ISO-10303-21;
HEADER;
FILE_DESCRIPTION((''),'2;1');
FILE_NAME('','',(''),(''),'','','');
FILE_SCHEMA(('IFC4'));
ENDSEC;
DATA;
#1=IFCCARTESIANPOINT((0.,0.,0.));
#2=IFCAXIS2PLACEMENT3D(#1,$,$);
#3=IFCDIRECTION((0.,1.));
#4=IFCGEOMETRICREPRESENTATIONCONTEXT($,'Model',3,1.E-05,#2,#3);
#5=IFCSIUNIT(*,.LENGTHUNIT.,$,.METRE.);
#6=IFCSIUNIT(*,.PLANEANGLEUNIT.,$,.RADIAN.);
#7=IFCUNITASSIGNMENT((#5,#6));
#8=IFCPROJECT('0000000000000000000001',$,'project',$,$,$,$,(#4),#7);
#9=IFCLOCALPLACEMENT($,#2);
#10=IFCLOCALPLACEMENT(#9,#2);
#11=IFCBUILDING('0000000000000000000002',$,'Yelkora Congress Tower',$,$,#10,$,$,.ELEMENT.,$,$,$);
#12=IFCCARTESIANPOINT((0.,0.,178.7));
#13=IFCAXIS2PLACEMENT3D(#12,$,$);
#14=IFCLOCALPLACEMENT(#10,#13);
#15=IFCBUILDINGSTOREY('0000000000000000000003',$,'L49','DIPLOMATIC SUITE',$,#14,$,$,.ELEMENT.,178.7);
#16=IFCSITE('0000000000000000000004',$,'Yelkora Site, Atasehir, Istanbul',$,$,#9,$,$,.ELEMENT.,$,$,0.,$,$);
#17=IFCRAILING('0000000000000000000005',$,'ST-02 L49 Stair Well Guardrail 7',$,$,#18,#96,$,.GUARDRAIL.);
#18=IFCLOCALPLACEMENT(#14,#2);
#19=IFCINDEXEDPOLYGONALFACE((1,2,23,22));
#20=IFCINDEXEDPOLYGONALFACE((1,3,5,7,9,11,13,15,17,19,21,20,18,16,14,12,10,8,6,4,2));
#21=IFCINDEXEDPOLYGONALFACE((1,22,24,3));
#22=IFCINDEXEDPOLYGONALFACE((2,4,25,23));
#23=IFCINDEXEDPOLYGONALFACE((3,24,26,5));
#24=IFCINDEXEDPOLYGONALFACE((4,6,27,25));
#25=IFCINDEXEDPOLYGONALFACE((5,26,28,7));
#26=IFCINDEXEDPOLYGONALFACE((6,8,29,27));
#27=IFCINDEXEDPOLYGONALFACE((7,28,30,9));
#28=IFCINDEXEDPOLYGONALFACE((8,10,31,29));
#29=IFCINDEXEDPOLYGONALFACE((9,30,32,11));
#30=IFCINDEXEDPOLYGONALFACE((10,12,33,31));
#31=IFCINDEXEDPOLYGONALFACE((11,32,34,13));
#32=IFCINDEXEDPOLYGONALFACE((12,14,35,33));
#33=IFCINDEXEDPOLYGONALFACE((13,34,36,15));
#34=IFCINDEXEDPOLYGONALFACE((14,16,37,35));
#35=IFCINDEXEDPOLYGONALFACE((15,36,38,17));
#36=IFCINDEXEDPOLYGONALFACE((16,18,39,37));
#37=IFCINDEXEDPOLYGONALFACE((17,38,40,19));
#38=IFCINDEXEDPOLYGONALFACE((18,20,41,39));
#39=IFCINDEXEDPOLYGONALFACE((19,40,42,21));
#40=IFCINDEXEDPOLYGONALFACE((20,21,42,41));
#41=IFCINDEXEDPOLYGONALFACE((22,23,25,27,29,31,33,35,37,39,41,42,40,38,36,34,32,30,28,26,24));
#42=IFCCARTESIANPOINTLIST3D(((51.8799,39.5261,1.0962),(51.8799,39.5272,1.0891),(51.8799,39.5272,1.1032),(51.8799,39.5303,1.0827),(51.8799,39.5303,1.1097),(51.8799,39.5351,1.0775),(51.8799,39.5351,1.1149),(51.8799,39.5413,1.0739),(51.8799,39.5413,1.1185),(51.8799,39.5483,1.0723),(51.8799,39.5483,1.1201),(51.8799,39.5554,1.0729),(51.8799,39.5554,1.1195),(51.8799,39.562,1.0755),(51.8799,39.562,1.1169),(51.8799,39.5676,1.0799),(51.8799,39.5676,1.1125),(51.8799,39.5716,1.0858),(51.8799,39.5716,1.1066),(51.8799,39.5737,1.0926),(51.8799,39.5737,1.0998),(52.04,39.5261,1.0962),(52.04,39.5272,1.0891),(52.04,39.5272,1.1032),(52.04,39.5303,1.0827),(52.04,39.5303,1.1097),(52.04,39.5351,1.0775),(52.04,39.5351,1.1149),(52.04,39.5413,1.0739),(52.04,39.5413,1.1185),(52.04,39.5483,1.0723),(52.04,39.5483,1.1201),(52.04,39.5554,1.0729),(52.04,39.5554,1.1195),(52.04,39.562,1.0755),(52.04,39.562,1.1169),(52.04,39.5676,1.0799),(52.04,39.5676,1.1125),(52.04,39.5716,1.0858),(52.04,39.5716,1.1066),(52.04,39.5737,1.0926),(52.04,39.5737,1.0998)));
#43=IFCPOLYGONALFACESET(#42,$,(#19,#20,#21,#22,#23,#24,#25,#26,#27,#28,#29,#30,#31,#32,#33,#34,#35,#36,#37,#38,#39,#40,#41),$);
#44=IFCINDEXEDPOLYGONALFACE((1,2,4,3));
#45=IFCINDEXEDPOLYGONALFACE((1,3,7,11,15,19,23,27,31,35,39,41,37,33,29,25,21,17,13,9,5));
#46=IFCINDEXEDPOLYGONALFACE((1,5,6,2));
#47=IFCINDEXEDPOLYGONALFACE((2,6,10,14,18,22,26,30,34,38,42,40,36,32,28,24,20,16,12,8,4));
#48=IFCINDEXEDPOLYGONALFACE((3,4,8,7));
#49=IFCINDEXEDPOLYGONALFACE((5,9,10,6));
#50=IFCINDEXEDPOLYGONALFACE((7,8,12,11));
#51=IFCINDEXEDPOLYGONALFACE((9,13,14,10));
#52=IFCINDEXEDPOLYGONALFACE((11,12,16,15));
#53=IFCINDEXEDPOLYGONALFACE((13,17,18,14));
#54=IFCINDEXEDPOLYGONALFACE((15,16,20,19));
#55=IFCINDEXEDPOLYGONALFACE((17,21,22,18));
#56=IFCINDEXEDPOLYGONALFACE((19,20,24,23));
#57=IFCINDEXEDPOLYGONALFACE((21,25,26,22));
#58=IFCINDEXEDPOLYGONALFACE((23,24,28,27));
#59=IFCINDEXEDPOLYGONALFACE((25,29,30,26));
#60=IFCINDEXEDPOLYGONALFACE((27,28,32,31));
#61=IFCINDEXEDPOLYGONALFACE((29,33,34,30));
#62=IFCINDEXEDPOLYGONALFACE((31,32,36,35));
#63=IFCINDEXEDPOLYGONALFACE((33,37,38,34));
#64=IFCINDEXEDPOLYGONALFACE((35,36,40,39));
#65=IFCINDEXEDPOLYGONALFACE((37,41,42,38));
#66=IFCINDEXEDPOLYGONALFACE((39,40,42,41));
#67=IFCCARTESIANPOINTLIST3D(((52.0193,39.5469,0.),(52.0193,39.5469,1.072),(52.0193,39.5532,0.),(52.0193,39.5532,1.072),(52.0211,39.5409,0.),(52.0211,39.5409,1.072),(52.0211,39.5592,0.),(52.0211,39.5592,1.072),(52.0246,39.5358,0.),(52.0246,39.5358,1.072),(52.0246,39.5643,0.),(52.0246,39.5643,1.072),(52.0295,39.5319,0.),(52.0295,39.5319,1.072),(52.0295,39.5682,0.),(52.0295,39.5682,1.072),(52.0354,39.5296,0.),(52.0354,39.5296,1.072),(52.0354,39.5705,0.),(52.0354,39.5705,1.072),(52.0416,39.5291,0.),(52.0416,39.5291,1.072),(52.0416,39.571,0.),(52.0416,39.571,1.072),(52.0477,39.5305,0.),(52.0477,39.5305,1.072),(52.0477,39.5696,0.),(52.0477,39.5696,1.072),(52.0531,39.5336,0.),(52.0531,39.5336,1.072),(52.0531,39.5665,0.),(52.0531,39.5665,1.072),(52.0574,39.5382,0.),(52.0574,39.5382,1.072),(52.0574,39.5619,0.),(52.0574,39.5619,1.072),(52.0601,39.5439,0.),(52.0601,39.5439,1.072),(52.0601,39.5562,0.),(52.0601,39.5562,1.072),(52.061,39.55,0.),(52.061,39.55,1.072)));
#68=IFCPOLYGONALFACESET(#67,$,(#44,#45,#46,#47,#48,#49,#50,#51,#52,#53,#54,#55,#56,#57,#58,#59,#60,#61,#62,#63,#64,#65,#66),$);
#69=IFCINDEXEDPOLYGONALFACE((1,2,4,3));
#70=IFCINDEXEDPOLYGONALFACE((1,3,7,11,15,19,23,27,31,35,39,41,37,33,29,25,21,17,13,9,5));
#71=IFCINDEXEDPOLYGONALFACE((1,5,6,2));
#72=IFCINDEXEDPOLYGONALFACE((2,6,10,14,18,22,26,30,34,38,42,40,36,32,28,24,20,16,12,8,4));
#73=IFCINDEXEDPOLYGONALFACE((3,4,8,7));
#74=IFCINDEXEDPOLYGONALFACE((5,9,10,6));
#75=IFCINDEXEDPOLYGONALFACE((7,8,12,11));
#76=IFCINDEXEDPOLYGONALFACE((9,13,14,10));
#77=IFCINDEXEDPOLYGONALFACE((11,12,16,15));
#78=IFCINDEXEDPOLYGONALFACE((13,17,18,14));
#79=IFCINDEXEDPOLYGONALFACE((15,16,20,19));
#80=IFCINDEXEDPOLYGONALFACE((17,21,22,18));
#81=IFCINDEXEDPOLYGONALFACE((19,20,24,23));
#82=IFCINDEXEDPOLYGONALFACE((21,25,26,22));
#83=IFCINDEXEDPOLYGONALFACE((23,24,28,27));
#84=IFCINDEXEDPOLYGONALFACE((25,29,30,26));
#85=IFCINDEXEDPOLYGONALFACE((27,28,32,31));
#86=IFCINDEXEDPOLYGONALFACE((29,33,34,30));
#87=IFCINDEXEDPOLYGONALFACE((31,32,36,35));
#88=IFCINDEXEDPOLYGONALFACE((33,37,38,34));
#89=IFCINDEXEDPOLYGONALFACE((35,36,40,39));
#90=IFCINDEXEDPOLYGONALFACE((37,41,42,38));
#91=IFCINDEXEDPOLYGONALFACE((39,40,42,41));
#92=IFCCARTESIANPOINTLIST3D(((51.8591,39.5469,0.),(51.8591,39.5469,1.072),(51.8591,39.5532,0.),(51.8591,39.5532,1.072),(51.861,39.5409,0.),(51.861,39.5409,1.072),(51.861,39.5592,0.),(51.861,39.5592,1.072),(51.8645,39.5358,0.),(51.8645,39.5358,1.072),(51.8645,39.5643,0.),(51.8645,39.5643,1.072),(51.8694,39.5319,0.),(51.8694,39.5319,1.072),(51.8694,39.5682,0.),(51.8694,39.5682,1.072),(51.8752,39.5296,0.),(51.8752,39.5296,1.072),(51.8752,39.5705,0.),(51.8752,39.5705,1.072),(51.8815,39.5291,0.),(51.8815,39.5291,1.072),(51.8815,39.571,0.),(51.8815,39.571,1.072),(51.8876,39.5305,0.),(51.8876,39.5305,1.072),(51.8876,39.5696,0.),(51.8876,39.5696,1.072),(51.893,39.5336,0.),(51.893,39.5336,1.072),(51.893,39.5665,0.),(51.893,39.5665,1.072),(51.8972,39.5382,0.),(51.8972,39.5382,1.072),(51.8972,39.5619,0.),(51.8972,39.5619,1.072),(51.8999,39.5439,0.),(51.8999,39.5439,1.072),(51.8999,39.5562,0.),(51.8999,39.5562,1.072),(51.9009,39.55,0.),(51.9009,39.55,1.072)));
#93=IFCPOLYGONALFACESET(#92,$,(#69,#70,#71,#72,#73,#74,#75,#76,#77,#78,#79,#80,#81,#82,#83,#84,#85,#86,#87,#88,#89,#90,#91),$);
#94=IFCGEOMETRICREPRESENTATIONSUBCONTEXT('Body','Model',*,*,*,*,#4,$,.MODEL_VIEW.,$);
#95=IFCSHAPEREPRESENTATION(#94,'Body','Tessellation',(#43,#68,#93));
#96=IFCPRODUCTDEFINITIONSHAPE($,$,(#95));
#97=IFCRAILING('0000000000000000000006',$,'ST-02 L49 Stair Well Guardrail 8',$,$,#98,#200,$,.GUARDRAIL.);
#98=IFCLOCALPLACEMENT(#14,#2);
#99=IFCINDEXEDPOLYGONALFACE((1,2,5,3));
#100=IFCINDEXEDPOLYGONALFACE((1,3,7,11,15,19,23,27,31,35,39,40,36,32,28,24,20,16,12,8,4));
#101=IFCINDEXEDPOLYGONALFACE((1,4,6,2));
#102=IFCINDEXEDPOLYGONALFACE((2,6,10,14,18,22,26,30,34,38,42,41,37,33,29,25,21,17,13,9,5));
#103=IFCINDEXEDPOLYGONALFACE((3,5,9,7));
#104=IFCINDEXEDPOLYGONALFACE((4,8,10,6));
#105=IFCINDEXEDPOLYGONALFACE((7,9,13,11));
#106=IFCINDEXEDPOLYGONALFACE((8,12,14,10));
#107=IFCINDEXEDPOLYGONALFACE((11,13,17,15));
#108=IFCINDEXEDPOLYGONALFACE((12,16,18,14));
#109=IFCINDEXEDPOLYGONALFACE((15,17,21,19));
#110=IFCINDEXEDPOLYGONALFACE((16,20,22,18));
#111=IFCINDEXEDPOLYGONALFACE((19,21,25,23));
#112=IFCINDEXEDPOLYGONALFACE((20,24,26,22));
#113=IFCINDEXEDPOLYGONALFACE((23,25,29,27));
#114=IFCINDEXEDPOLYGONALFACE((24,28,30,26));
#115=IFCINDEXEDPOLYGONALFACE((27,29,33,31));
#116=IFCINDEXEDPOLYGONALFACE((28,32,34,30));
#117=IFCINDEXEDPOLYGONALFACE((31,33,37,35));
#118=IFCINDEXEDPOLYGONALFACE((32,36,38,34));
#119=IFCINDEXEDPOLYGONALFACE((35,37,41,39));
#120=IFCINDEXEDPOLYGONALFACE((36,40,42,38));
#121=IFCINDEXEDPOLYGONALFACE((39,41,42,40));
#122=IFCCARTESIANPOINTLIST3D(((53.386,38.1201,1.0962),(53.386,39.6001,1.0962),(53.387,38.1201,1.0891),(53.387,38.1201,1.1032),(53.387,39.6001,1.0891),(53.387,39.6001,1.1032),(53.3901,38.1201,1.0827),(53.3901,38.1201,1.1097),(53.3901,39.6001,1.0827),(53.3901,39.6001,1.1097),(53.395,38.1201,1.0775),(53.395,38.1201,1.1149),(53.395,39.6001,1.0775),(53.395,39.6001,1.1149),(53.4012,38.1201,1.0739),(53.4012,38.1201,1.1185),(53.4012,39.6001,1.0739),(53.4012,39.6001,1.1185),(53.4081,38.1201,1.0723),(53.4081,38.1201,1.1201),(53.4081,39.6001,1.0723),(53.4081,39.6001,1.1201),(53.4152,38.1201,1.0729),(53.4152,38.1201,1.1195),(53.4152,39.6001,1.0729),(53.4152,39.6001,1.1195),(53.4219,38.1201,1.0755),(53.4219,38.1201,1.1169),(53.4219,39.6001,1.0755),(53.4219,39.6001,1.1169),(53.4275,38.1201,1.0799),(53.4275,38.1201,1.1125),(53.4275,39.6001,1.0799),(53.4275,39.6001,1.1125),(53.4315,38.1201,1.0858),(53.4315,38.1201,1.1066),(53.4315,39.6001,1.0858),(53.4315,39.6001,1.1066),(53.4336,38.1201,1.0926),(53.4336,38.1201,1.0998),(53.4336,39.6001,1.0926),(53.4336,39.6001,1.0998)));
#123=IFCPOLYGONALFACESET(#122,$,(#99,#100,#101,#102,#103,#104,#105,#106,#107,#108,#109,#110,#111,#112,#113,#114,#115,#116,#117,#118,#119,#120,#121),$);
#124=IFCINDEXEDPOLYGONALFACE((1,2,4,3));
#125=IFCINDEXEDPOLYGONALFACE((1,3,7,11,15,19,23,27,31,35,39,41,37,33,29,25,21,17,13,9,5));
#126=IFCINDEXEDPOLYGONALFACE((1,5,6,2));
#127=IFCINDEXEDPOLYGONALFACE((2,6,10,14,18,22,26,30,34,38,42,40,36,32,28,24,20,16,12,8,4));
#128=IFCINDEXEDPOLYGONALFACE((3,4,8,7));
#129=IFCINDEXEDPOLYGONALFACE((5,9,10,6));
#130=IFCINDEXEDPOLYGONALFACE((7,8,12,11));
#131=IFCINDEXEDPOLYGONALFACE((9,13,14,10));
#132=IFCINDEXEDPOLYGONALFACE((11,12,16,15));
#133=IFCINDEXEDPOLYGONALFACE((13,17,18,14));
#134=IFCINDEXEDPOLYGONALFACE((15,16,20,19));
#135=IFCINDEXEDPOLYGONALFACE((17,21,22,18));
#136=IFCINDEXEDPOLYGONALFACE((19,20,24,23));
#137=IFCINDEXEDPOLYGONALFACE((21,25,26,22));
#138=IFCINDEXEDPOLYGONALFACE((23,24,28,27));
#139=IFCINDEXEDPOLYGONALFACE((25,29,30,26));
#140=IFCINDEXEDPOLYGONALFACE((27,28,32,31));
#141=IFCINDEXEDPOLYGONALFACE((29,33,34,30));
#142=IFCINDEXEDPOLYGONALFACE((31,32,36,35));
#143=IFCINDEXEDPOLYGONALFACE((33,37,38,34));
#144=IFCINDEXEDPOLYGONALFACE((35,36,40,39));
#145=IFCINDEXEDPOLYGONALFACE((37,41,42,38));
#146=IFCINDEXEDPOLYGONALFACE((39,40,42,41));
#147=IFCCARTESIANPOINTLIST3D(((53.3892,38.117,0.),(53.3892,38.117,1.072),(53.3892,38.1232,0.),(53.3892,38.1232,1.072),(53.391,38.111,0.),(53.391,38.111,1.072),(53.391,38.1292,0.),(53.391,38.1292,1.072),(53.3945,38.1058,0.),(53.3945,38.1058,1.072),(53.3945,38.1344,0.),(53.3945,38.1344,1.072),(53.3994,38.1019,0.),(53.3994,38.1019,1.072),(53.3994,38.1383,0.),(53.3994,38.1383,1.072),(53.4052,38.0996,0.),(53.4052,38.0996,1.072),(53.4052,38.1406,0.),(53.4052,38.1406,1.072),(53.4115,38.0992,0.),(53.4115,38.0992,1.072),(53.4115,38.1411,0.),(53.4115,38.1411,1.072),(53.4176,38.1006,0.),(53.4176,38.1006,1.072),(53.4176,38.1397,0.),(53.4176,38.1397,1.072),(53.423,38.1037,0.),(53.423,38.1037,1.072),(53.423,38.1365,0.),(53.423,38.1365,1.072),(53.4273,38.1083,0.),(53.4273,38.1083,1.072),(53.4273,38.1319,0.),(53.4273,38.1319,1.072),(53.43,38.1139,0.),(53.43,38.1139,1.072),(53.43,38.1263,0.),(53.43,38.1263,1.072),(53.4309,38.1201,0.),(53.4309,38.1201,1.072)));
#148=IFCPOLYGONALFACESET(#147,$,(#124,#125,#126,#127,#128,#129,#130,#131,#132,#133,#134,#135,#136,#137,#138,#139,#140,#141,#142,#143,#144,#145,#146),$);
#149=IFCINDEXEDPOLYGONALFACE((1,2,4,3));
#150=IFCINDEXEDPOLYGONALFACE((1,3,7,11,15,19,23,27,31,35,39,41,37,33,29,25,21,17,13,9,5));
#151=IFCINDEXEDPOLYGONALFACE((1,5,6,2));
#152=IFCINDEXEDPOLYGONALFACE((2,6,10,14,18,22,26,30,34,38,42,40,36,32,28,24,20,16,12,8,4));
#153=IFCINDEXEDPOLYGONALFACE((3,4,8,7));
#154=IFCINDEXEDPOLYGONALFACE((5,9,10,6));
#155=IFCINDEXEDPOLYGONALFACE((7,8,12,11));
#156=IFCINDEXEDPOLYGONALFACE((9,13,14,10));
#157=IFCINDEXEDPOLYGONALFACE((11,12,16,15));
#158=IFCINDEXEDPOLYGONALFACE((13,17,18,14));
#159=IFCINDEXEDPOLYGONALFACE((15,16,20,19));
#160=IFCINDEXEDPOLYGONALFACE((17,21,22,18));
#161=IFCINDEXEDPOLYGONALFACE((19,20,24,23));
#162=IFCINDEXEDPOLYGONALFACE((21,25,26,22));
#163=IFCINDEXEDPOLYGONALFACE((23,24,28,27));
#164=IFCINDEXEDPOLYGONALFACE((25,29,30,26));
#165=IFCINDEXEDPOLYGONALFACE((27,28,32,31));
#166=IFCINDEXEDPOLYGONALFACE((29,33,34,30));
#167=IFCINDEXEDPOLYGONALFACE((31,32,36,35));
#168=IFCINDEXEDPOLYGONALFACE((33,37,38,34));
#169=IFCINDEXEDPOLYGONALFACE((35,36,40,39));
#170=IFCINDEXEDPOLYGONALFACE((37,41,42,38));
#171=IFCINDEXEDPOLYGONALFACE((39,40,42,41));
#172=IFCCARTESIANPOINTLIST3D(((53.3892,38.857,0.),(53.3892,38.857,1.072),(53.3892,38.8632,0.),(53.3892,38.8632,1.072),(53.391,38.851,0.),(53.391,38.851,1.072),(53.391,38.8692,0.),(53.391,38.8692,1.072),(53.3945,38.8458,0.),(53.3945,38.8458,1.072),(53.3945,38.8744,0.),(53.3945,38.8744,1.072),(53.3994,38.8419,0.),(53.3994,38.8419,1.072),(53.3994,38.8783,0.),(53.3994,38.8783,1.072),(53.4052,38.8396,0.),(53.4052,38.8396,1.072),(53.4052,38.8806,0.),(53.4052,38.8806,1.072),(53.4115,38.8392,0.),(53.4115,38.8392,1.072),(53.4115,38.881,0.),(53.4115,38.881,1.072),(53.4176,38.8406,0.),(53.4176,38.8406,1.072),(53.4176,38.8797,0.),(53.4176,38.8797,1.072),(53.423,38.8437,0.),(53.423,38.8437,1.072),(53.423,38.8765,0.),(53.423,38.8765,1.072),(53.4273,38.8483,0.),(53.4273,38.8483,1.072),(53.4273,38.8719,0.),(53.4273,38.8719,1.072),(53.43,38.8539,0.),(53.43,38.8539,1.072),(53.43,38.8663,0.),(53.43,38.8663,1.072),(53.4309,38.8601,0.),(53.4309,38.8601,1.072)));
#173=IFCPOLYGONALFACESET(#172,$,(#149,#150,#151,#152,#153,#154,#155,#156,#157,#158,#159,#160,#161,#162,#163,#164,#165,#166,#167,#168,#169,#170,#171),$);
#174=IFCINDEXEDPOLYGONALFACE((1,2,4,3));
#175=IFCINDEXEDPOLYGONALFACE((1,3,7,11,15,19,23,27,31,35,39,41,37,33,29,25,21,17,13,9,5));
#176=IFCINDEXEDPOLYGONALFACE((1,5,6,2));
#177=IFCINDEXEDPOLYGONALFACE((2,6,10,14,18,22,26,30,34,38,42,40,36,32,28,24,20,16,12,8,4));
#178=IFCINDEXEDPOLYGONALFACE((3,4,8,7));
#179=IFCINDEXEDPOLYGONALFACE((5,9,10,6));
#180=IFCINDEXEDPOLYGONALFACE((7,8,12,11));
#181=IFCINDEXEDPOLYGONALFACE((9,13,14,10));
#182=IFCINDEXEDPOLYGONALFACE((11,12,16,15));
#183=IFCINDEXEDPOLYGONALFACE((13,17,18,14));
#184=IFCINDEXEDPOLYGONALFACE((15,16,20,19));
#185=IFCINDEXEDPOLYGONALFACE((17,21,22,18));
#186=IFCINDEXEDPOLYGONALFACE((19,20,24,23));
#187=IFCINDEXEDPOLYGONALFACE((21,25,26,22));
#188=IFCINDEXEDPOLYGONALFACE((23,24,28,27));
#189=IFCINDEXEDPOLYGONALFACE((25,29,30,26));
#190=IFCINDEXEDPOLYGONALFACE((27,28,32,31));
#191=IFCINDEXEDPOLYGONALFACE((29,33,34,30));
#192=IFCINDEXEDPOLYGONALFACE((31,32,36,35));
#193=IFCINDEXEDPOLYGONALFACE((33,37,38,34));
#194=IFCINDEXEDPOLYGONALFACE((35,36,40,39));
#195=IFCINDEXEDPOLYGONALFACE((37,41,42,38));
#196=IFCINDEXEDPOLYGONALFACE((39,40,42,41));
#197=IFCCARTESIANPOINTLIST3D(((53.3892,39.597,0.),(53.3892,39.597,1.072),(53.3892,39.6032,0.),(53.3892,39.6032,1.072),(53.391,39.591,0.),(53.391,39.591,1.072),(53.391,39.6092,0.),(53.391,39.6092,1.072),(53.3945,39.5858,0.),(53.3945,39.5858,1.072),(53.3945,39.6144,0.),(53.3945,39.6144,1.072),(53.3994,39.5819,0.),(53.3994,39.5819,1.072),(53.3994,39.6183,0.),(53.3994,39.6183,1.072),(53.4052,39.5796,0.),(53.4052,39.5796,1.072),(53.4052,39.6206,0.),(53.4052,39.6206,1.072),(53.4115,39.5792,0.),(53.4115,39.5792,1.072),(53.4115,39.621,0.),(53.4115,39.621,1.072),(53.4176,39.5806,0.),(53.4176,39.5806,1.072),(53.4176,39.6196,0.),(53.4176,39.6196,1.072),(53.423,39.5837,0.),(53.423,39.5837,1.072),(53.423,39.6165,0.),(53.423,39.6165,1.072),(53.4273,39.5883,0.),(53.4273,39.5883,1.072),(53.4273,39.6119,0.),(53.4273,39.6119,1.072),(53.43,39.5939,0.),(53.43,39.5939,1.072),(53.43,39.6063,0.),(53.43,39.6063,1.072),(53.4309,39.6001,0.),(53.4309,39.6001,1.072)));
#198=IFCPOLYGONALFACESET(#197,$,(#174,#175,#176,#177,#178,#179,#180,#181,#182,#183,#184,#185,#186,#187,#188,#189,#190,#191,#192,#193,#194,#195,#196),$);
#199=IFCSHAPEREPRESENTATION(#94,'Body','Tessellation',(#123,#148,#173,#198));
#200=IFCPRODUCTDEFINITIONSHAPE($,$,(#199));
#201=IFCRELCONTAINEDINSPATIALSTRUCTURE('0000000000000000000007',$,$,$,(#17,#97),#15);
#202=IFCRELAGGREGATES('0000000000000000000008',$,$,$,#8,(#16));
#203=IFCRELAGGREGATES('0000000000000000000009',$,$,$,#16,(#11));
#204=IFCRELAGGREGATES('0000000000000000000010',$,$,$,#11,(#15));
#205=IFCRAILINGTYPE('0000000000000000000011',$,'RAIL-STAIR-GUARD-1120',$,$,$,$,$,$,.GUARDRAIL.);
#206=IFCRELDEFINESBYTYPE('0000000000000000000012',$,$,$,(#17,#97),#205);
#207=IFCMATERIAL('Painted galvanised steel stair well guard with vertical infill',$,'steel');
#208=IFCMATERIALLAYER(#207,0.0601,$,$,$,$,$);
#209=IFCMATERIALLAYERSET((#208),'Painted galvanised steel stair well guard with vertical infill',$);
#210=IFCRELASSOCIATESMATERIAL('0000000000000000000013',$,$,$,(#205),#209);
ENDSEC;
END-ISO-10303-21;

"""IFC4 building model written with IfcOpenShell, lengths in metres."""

from ifc_helpers import new_model, si_unit, direction, frame, origin, origin_2d, place, context, subcontext, project, spatial, circle, extrude, material, layer, layer_set, type_object, element, save


model = new_model("IFC4")

# Units and contexts
model_context = context("Model", 3, precision=1e-05, world=origin(), true_north=direction((0.0, 1.0)))
body_context = subcontext(model_context, "Body", "Model", "MODEL_VIEW")
ifc_project = project(units=[si_unit("LENGTHUNIT", "METRE"), si_unit("PLANEANGLEUNIT", "RADIAN")], contexts=[model_context])

# Site, building, storey
site_placement = place(None, origin())
site = spatial("IfcSite", under=ifc_project, at=site_placement, Name="Yelkora Site, Atasehir, Istanbul", CompositionType="ELEMENT", RefElevation=0.0)
building_placement = place(site_placement, origin())
building = spatial("IfcBuilding", under=site, at=building_placement, Name="Yelkora Congress Tower", CompositionType="ELEMENT")
storey_placement = place(building_placement, frame((0.0, 0.0, 178.7)))
storey = spatial("IfcBuildingStorey", under=building, at=storey_placement, Name="L49", Description="DIPLOMATIC SUITE", CompositionType="ELEMENT", Elevation=178.7)

# Railings
ifc_material_1 = material(Name="Painted galvanised steel stair well guard with vertical infill", Category="steel")
ifc_layer_1 = layer(ifc_material_1, 0.0601)
ifc_layer_set_1 = layer_set([ifc_layer_1], Name="Painted galvanised steel stair well guard with vertical infill")
railing_type_1 = type_object("IfcRailingType", Name="RAIL-STAIR-GUARD-1120", PredefinedType="GUARDRAIL", material=ifc_layer_set_1)
railing_1_placement = place(storey_placement, frame((52.04, 39.55, 0.0)))
element("IfcRailing", 1, at=railing_1_placement, inside=storey, type_object=railing_type_1, Name="ST-02 L49 Stair Well Guardrail 7", PredefinedType="GUARDRAIL", context=body_context, shape_type="SweptSolid", body=[
    extrude(circle(Radius=0.0239, at=origin_2d()), frame((0.0, 0.0, 1.0962), z_axis=(-1.0, 0.0, 0.0), x_axis=(0.0, -1.0, 0.0)), (0.0, 0.0, 1.0), 0.1602),
    extrude(circle(Radius=0.021, at=origin_2d()), origin(), (0.0, 0.0, 1.0), 1.072),
    extrude(circle(Radius=0.021, at=origin_2d()), frame((-0.1602, 0.0, 0.0)), (0.0, 0.0, 1.0), 1.072),
])
for number, where, name in (
    (2, (53.4099, 38.1201, 0.0), "ST-02 L49 Stair Well Guardrail 8"),
):
    element("IfcRailing", number, at=place(storey_placement, frame(where)), inside=storey, type_object=railing_type_1, Name=name, PredefinedType="GUARDRAIL", context=body_context, shape_type="SweptSolid", body=[
        extrude(circle(Radius=0.0239, at=origin_2d()), frame((0.0, 0.0, 1.0962), z_axis=(0.0, 1.0, 0.0), x_axis=(-1.0, 0.0, 0.0)), (0.0, 0.0, 1.0), 1.48),
        extrude(circle(Radius=0.021, at=origin_2d()), origin(), (0.0, 0.0, 1.0), 1.072),
        extrude(circle(Radius=0.021, at=origin_2d()), frame((0.0, 0.74, 0.0)), (0.0, 0.0, 1.0), 1.072),
        extrude(circle(Radius=0.021, at=origin_2d()), frame((0.0, 1.48, 0.0)), (0.0, 0.0, 1.0), 1.072),
    ])

save(model, "model.ifc")
